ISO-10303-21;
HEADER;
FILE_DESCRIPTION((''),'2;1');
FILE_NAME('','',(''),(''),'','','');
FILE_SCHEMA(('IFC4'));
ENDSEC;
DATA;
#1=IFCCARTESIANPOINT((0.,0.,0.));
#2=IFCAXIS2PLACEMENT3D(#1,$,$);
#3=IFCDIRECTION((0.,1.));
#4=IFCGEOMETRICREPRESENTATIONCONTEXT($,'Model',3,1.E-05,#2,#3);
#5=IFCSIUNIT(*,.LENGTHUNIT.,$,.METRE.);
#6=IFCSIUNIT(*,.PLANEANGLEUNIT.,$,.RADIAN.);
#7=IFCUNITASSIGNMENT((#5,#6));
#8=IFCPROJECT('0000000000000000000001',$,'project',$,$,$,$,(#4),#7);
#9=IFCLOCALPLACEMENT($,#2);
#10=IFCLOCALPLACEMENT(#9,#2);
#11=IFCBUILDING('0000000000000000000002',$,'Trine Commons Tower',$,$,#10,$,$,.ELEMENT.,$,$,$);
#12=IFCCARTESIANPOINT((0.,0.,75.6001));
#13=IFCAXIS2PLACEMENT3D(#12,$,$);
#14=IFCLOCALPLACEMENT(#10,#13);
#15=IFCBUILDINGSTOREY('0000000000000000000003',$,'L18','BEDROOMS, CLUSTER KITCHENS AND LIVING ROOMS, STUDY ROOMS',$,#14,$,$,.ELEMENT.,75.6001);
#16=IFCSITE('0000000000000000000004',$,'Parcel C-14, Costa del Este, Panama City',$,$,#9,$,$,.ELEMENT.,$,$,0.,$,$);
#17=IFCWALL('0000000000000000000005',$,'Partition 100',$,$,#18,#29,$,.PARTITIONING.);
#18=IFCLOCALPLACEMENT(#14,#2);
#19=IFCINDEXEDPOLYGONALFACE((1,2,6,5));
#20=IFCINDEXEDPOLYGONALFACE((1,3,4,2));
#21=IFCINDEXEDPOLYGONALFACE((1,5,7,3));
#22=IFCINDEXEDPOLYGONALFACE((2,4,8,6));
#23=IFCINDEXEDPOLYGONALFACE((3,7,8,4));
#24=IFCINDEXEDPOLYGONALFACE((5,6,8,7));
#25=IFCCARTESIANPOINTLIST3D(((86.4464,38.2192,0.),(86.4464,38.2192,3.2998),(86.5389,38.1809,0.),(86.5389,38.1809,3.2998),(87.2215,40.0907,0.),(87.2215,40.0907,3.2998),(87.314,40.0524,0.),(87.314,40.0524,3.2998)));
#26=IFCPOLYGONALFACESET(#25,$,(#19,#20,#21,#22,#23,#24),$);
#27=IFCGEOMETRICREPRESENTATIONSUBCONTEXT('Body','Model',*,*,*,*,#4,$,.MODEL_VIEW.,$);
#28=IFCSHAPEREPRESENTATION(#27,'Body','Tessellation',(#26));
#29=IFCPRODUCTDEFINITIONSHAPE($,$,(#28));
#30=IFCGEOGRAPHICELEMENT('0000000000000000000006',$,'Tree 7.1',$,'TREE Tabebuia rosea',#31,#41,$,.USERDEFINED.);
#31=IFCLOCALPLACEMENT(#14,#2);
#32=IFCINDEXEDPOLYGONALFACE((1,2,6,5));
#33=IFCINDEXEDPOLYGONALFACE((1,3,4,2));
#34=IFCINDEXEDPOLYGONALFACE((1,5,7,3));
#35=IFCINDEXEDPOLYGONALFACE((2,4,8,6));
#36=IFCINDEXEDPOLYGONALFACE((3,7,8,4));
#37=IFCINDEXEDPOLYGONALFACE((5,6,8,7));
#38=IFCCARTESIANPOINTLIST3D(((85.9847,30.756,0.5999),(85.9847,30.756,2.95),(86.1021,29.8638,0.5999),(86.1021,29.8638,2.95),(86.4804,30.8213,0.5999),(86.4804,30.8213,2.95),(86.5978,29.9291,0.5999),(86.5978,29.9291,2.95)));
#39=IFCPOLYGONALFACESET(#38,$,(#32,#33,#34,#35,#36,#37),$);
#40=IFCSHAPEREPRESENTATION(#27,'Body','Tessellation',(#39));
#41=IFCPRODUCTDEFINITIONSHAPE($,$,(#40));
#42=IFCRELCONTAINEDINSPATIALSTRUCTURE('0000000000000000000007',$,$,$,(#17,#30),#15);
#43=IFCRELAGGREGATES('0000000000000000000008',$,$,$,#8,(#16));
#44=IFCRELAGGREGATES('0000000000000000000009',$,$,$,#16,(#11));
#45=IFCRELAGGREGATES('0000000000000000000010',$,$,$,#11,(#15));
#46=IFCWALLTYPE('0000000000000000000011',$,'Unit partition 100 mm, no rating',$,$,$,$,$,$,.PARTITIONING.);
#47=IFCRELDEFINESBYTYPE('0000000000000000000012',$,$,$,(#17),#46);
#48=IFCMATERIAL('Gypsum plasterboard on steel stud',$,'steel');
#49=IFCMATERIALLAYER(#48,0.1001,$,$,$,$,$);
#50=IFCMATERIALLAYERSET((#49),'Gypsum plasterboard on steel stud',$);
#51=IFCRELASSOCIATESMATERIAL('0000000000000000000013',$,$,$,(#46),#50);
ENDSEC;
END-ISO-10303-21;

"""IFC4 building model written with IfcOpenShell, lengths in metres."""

from ifc_helpers import new_model, si_unit, direction, frame, frame_2d, origin, origin_2d, place, context, subcontext, project, spatial, rectangle, extrude, material, layer, layer_set, type_object, element, save


model = new_model("IFC4")

# Units and contexts
model_context = context("Model", 3, precision=1e-05, world=origin(), true_north=direction((0.0, 1.0)))
body_context = subcontext(model_context, "Body", "Model", "MODEL_VIEW")
ifc_project = project(units=[si_unit("LENGTHUNIT", "METRE"), si_unit("PLANEANGLEUNIT", "RADIAN")], contexts=[model_context])

# Site, building, storey
site_placement = place(None, origin())
site = spatial("IfcSite", under=ifc_project, at=site_placement, Name="Parcel C-14, Costa del Este, Panama City", CompositionType="ELEMENT", RefElevation=0.0)
building_placement = place(site_placement, origin())
building = spatial("IfcBuilding", under=site, at=building_placement, Name="Trine Commons Tower", CompositionType="ELEMENT")
storey_placement = place(building_placement, frame((0.0, 0.0, 75.6001)))
storey = spatial("IfcBuildingStorey", under=building, at=storey_placement, Name="L18", Description="BEDROOMS, CLUSTER KITCHENS AND LIVING ROOMS, STUDY ROOMS", CompositionType="ELEMENT", Elevation=75.6001)

# Shared definitions
ifc_material_1 = material(Name="Gypsum plasterboard on steel stud", Category="steel")

# Wall
ifc_layer_1 = layer(ifc_material_1, 0.1001)
ifc_layer_set_1 = layer_set([ifc_layer_1], Name="Gypsum plasterboard on steel stud")
wall_type_1 = type_object("IfcWallType", Name="Unit partition 100 mm, no rating", PredefinedType="PARTITIONING", material=ifc_layer_set_1)
wall_1_placement = place(storey_placement, frame((86.4927, 38.2002, 0.0), z_axis=(0.0, 0.0, 1.0), x_axis=(0.382646, 0.923895, 0.0)))
element("IfcWall", 1, at=wall_1_placement, inside=storey, type_object=wall_type_1, Name="Partition 100", PredefinedType="PARTITIONING", context=body_context, shape_type="SweptSolid", body=[
    extrude(rectangle(XDim=2.0256, YDim=0.1001, at=frame_2d((1.0127, 0.0))), origin(), (0.0, 0.0, 1.0), 3.2998),
])

# Geographic element
geographic_element_placement = place(storey_placement, frame((86.2913, 30.3425, 0.5999), z_axis=(0.0, 0.0, 1.0), x_axis=(-0.130518, 0.991446, 0.0)))
element("IfcGeographicElement", 2, at=geographic_element_placement, inside=storey, Name="Tree 7.1", ObjectType="TREE Tabebuia rosea", PredefinedType="USERDEFINED", context=body_context, shape_type="SweptSolid", body=[
    extrude(rectangle(XDim=0.8999, YDim=0.5, at=origin_2d()), origin(), (0.0, 0.0, 1.0), 2.3501),
])

save(model, "model.ifc")
